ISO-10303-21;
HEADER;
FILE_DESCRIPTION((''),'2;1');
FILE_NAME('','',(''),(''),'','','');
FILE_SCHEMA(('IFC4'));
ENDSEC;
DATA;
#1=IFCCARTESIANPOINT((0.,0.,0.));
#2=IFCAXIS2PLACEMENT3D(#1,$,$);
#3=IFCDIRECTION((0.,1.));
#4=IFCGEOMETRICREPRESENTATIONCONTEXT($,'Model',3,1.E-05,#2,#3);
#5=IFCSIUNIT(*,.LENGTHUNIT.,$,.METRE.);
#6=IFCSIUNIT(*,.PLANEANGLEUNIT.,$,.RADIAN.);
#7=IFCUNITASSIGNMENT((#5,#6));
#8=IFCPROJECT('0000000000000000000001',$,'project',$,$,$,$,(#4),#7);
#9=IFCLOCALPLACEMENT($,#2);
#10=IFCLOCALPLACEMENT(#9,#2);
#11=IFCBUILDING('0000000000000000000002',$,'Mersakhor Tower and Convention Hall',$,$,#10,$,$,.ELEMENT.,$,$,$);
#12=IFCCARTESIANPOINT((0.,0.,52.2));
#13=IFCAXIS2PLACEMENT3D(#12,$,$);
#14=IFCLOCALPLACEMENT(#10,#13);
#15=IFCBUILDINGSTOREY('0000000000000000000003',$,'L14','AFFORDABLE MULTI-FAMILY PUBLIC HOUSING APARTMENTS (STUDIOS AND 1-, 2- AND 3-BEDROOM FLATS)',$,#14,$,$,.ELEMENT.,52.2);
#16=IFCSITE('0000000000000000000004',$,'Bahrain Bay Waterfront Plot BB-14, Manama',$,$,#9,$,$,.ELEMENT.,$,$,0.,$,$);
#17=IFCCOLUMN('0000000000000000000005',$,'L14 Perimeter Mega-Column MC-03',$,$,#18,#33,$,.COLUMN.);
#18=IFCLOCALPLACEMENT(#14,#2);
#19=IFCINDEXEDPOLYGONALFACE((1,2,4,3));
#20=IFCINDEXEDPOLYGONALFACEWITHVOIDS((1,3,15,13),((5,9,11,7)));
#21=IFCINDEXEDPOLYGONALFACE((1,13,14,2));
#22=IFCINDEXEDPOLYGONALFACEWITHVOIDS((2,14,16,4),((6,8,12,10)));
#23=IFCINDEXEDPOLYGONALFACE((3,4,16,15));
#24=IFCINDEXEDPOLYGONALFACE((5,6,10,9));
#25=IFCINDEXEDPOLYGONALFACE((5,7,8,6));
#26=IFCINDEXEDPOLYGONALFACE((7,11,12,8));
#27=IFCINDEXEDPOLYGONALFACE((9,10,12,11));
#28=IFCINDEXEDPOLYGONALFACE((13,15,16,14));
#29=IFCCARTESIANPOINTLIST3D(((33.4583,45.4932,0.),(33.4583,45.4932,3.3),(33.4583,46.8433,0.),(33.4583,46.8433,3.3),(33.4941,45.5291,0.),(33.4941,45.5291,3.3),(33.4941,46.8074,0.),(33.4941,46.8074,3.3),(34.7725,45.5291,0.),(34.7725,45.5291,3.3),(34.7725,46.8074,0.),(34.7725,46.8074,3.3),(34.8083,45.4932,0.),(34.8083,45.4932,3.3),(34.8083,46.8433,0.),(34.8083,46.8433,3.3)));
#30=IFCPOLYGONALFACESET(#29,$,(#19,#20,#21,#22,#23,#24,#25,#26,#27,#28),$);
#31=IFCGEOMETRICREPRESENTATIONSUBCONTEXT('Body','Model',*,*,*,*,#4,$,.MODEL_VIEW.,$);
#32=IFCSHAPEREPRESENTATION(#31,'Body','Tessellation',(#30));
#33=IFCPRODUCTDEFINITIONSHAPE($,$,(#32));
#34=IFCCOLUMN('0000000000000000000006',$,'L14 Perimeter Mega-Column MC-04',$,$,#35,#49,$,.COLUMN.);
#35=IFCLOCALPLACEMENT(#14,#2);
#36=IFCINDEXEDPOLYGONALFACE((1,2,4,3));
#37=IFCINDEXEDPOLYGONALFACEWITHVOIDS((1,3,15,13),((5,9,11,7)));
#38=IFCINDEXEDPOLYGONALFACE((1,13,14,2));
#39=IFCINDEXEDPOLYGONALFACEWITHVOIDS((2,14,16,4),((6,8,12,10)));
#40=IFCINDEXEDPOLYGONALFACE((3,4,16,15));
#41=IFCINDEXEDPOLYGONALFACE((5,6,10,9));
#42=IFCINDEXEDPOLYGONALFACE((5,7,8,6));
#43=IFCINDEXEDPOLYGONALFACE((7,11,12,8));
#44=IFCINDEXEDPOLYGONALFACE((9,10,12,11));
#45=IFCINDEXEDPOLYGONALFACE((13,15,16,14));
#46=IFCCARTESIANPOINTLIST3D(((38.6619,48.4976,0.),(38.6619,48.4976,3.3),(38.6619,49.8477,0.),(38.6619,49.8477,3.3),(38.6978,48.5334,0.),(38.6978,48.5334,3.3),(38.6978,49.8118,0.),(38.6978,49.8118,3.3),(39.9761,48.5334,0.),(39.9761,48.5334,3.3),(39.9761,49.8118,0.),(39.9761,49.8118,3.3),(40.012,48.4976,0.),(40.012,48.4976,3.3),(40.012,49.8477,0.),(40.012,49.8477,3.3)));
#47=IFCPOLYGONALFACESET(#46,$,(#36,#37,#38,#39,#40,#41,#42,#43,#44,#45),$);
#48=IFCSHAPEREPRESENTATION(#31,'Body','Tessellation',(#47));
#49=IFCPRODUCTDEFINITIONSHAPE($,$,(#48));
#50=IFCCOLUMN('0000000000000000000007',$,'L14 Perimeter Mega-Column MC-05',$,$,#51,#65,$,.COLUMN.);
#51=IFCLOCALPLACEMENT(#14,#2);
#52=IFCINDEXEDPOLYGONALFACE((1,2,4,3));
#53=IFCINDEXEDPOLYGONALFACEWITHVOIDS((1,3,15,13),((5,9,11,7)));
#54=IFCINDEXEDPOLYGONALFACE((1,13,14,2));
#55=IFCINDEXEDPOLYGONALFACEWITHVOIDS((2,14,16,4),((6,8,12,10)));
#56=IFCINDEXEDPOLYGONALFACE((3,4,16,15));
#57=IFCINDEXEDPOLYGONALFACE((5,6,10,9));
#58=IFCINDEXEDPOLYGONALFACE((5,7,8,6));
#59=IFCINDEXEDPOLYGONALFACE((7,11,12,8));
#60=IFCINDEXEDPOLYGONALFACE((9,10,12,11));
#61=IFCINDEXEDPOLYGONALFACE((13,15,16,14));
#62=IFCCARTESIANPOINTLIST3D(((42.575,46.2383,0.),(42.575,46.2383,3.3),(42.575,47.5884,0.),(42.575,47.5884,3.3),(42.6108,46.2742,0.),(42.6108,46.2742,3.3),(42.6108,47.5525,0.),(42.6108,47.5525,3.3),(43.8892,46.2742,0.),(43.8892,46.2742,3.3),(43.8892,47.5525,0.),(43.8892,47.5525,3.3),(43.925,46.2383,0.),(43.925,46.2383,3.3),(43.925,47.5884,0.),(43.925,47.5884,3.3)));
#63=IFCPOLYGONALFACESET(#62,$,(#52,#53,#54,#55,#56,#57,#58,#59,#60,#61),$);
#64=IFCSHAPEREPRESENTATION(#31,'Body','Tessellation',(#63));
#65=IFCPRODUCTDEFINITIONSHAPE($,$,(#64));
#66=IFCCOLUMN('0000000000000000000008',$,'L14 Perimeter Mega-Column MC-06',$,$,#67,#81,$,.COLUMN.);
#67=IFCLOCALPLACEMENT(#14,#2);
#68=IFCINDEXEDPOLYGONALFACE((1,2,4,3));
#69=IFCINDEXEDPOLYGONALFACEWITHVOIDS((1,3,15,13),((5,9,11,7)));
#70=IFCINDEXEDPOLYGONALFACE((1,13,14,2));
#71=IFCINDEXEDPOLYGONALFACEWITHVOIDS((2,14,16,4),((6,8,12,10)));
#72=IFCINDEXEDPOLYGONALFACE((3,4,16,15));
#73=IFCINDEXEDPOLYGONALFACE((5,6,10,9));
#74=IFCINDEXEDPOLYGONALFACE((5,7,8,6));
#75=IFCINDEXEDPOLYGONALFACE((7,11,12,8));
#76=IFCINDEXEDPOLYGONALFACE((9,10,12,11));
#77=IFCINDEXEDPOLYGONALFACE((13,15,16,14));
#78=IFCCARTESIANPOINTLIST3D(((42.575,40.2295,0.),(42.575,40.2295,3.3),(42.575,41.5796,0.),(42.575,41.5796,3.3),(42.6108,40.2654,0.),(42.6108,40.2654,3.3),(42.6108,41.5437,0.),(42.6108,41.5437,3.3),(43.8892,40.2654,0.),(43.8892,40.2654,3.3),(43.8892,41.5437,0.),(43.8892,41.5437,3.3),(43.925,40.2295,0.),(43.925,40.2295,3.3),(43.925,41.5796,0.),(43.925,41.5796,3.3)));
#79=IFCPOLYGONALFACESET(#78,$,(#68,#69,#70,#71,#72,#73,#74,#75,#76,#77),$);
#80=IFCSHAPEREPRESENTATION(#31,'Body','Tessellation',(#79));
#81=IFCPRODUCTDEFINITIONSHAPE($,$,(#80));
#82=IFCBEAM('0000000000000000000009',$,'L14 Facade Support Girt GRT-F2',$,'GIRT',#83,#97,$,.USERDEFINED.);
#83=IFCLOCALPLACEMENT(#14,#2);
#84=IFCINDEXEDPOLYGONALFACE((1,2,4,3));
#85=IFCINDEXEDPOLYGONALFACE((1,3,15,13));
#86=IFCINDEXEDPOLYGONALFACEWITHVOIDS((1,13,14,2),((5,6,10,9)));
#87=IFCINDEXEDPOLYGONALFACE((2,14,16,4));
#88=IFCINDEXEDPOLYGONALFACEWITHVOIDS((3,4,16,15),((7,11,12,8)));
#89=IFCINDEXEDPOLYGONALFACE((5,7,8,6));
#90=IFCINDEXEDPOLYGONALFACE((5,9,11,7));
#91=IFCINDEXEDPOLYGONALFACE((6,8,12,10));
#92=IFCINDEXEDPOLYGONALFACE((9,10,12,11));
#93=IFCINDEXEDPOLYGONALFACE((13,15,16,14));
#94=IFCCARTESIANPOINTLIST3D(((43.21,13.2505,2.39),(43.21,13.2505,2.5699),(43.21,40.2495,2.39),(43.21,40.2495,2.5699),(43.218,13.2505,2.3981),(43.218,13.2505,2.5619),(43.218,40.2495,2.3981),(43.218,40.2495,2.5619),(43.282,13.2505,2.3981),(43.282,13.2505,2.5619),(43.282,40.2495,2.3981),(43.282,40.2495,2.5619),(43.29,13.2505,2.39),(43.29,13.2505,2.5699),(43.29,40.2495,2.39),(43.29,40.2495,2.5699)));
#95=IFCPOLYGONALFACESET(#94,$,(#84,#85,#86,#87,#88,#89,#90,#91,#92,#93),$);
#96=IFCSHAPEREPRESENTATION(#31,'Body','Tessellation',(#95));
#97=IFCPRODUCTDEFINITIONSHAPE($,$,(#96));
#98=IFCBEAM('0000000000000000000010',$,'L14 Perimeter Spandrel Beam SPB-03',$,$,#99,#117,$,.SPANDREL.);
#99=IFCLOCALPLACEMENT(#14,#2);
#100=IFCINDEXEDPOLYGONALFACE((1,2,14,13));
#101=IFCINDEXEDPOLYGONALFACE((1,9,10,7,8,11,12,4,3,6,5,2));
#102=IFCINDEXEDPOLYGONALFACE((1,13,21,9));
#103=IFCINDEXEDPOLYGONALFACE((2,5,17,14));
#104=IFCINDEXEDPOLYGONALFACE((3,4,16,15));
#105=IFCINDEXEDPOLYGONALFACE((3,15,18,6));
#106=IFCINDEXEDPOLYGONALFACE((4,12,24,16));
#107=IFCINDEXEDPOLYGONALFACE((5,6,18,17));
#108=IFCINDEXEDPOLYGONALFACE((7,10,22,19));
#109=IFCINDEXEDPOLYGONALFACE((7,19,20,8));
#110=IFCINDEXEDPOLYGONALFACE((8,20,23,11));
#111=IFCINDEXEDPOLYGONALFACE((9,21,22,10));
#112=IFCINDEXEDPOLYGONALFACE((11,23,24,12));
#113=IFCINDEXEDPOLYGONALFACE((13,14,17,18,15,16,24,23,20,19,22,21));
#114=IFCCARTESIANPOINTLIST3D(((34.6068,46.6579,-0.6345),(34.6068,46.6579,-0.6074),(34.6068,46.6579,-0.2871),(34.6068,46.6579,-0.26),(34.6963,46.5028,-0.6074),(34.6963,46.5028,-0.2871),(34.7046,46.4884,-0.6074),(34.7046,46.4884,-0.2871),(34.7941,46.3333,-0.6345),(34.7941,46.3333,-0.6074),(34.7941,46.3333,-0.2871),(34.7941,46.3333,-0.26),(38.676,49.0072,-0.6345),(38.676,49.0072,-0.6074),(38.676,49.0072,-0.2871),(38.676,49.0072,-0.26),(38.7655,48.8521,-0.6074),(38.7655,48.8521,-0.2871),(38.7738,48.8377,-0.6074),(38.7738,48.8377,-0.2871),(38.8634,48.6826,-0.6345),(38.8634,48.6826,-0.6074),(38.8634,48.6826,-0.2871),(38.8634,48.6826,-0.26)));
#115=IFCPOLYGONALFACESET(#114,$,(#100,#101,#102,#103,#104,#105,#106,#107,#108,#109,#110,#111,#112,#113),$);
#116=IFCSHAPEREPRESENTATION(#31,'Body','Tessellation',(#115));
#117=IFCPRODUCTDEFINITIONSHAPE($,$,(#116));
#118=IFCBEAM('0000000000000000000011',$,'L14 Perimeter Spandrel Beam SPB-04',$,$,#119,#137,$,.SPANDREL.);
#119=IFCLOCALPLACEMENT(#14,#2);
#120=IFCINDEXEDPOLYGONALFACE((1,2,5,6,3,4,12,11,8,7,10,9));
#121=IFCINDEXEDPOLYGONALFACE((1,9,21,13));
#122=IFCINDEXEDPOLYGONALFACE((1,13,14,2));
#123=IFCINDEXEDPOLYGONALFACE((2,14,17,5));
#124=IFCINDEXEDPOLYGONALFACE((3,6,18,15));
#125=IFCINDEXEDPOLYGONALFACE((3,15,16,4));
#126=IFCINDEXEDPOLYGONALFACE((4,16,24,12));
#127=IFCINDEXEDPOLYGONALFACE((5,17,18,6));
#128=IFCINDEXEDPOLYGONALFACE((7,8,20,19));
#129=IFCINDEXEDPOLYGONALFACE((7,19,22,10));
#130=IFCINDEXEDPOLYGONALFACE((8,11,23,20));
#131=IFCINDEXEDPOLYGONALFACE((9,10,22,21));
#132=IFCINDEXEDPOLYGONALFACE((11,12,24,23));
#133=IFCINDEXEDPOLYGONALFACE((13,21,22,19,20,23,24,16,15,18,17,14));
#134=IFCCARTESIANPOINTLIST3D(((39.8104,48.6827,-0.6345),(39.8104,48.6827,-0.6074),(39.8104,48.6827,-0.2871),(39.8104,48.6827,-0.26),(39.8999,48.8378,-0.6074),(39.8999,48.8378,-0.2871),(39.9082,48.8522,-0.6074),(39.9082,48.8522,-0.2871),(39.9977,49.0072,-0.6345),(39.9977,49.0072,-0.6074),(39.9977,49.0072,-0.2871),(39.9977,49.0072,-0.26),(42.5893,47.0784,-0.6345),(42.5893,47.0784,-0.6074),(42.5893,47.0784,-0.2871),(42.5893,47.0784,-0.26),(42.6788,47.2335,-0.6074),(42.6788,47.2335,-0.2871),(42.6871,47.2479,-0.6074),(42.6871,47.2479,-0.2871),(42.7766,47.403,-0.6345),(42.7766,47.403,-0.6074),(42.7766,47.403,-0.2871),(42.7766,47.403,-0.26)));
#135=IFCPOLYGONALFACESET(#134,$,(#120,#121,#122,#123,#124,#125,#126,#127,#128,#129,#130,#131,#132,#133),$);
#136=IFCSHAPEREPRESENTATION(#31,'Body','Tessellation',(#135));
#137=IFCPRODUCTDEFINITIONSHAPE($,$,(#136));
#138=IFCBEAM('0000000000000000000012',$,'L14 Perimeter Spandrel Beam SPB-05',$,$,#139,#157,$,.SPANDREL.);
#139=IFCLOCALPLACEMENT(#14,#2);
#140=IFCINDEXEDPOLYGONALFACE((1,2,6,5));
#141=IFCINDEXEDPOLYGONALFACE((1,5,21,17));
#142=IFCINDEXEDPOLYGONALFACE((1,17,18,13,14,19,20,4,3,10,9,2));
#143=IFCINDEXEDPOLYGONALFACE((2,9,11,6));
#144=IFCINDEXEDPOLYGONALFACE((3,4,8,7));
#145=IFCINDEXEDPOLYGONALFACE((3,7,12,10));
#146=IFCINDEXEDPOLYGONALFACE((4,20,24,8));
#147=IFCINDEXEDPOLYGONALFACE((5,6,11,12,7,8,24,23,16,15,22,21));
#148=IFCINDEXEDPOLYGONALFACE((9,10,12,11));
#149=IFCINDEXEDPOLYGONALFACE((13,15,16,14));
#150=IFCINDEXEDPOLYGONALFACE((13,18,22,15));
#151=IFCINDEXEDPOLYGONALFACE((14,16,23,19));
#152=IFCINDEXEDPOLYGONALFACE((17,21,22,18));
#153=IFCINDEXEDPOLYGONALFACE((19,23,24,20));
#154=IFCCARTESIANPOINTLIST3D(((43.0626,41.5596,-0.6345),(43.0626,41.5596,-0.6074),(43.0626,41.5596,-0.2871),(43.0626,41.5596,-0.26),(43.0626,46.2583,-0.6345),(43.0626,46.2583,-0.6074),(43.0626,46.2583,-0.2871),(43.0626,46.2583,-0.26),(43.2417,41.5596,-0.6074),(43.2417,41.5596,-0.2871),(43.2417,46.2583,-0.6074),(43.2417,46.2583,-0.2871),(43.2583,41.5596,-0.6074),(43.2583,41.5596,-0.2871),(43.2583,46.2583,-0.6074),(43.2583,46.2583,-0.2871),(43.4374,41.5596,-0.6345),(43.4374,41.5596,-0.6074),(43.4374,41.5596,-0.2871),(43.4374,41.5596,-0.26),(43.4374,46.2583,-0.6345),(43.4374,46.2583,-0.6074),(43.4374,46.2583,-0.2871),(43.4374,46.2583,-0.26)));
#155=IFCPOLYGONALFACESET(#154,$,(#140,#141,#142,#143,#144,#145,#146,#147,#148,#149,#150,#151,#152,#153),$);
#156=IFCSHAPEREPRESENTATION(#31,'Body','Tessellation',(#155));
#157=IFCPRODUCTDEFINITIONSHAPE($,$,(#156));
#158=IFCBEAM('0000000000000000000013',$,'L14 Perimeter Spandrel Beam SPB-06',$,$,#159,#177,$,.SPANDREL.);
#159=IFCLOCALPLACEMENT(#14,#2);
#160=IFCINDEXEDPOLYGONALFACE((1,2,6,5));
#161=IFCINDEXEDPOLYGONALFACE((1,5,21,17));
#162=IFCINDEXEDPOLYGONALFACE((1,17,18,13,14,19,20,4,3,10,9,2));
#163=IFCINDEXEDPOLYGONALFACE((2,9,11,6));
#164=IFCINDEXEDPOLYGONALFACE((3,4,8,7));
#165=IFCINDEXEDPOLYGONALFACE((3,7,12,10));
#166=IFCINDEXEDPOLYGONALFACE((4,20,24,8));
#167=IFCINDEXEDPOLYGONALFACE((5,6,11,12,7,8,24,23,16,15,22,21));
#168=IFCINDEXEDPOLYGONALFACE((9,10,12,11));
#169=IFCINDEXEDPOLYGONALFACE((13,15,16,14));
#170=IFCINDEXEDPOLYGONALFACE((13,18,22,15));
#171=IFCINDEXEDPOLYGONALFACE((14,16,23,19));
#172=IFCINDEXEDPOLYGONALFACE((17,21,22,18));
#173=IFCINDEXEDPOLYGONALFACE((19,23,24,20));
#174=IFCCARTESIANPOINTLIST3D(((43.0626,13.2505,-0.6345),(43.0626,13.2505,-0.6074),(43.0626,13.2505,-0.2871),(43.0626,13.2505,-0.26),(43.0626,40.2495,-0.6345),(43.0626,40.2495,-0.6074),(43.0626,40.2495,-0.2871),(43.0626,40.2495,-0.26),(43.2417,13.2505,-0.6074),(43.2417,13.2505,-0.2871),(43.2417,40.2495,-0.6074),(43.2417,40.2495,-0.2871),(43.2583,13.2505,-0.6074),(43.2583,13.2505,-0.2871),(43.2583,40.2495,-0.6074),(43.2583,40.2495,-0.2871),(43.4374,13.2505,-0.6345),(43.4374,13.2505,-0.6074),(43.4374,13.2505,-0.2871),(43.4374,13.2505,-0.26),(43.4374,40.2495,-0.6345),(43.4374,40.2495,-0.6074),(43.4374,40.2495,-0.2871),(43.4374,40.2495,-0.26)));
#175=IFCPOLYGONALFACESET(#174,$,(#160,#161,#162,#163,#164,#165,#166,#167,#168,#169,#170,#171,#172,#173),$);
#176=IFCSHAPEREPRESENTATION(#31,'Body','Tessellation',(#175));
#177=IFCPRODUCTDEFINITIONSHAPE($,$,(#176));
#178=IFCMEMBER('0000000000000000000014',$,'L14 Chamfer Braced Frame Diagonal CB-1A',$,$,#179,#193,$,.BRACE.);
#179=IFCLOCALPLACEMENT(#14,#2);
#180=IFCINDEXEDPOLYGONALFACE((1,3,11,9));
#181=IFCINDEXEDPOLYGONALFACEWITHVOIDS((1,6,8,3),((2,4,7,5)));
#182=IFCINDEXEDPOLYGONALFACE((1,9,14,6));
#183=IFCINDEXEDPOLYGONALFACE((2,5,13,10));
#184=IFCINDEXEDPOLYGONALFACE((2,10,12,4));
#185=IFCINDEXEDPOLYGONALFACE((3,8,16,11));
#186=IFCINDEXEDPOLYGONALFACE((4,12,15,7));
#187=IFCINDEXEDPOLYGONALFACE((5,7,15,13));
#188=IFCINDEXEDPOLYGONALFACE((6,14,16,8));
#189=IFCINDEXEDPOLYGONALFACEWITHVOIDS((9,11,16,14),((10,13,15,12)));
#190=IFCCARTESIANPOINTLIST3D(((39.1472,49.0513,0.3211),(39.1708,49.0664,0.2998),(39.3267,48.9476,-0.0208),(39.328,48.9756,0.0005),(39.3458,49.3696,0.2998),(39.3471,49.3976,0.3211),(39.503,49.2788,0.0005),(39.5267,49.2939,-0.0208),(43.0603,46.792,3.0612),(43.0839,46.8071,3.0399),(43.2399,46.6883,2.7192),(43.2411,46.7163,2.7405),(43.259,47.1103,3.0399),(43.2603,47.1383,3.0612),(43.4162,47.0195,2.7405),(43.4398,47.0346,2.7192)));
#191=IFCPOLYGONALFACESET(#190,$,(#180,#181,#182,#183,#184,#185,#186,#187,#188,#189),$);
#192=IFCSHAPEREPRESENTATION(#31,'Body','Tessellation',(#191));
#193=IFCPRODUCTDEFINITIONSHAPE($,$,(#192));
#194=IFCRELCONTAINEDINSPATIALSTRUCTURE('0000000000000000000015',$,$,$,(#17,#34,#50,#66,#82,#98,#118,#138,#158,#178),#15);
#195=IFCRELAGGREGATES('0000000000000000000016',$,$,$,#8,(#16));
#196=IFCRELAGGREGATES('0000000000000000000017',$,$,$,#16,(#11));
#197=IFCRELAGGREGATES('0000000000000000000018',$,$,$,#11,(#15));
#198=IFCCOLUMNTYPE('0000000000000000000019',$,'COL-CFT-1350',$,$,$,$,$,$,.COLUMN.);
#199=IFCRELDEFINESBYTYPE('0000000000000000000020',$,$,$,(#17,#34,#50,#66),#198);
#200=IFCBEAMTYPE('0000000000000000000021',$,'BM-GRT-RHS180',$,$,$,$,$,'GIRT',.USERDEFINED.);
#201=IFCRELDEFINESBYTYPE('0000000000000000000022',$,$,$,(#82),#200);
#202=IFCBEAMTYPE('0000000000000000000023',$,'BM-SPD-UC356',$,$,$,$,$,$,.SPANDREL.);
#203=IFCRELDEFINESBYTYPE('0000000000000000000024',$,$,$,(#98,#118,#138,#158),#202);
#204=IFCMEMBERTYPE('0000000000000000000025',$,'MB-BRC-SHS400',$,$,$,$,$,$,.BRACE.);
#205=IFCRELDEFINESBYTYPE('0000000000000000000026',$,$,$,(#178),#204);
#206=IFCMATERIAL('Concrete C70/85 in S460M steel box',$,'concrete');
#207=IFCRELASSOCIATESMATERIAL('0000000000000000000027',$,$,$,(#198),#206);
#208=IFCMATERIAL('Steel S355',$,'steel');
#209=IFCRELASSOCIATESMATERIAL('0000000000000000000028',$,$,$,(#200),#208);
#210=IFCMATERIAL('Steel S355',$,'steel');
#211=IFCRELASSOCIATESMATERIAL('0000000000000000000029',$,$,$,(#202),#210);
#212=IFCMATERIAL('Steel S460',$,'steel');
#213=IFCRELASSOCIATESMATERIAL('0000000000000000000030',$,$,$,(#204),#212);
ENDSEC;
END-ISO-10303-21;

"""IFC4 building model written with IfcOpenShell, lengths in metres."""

from ifc_helpers import new_model, si_unit, direction, frame, origin, origin_2d, place, context, subcontext, project, spatial, hollow_rectangle, i_section, extrude, material, material_profile, profile_set, type_object, element, save


model = new_model("IFC4")

# Units and contexts
model_context = context("Model", 3, precision=1e-05, world=origin(), true_north=direction((0.0, 1.0)))
body_context = subcontext(model_context, "Body", "Model", "MODEL_VIEW")
ifc_project = project(units=[si_unit("LENGTHUNIT", "METRE"), si_unit("PLANEANGLEUNIT", "RADIAN")], contexts=[model_context])

# Site, building, storey
site_placement = place(None, origin())
site = spatial("IfcSite", under=ifc_project, at=site_placement, Name="Bahrain Bay Waterfront Plot BB-14, Manama", CompositionType="ELEMENT", RefElevation=0.0)
building_placement = place(site_placement, origin())
building = spatial("IfcBuilding", under=site, at=building_placement, Name="Mersakhor Tower and Convention Hall", CompositionType="ELEMENT")
storey_placement = place(building_placement, frame((0.0, 0.0, 52.2)))
storey = spatial("IfcBuildingStorey", under=building, at=storey_placement, Name="L14", Description="AFFORDABLE MULTI-FAMILY PUBLIC HOUSING APARTMENTS (STUDIOS AND 1-, 2- AND 3-BEDROOM FLATS)", CompositionType="ELEMENT", Elevation=52.2)

# Columns
ifc_material_1 = material(Name="Concrete C70/85 in S460M steel box", Category="concrete")
ifc_material_profile_1 = material_profile(ifc_material_1, hollow_rectangle(XDim=1.3501, YDim=1.3501, WallThickness=0.0359, at=origin_2d()), Name="SHS 1350x1350x36")
ifc_profile_set_1 = profile_set([ifc_material_profile_1], Name="Concrete C70/85 in S460M steel box")
column_type = type_object("IfcColumnType", Name="COL-CFT-1350", PredefinedType="COLUMN", material=ifc_profile_set_1)
for number, where, z_axis, x_axis, name in (
    (1, (34.1333, 46.1682, 0.0), (0.0, 0.0, 1.0), (1.0, 0.0, 0.0), "L14 Perimeter Mega-Column MC-03"),
    (2, (39.3369, 49.1726, 0.0), (0.0, 0.0, 1.0), (1.0, 0.0, 0.0), "L14 Perimeter Mega-Column MC-04"),
    (3, (43.25, 46.9133, 0.0), (0.0, 0.0, 1.0), (1.0, 0.0, 0.0), "L14 Perimeter Mega-Column MC-05"),
    (4, (43.25, 40.9045, 0.0), (0.0, 0.0, 1.0), (1.0, 0.0, 0.0), "L14 Perimeter Mega-Column MC-06"),
):
    element("IfcColumn", number, at=place(storey_placement, frame(where, z_axis=z_axis, x_axis=x_axis)), inside=storey, type_object=column_type, Name=name, PredefinedType="COLUMN", context=body_context, shape_type="SweptSolid", body=[
        extrude(hollow_rectangle(XDim=1.3501, YDim=1.3501, WallThickness=0.0359, at=origin_2d()), origin(), (0.0, 0.0, 1.0), 3.3),
    ])

# Beams
ifc_material_2 = material(Name="Steel S355", Category="steel")
ifc_material_profile_2 = material_profile(ifc_material_2, hollow_rectangle(XDim=0.0801, YDim=0.1799, WallThickness=0.0081, at=origin_2d()), Name="RHS 180x80x8")
ifc_profile_set_2 = profile_set([ifc_material_profile_2], Name="Steel S355")
beam_type_1 = type_object("IfcBeamType", Name="BM-GRT-RHS180", ElementType="GIRT", PredefinedType="USERDEFINED", material=ifc_profile_set_2)
beam_1_placement = place(storey_placement, frame((43.25, 40.2495, 2.48), z_axis=(0.0, -1.0, 0.0), x_axis=(1.0, 0.0, 0.0)))
element("IfcBeam", 5, at=beam_1_placement, inside=storey, type_object=beam_type_1, Name="L14 Facade Support Girt GRT-F2", ObjectType="GIRT", PredefinedType="USERDEFINED", context=body_context, shape_type="SweptSolid", body=[
    extrude(hollow_rectangle(XDim=0.0801, YDim=0.1799, WallThickness=0.0081, at=origin_2d()), origin(), (0.0, 0.0, 1.0), 26.999),
])
ifc_material_3 = material(Name="Steel S355", Category="steel")
ifc_material_profile_3 = material_profile(ifc_material_3, i_section(OverallWidth=0.3748, OverallDepth=0.3745, WebThickness=0.0166, FlangeThickness=0.0271, at=origin_2d()), Name="UC 356x368x202")
ifc_profile_set_3 = profile_set([ifc_material_profile_3], Name="Steel S355")
beam_type_2 = type_object("IfcBeamType", Name="BM-SPD-UC356", PredefinedType="SPANDREL", material=ifc_profile_set_3)
beam_2_placement = place(storey_placement, frame((34.7004, 46.4956, -0.4473), z_axis=(0.866032, 0.499989, 0.0), x_axis=(-0.499989, 0.866032, 0.0)))
element("IfcBeam", 6, at=beam_2_placement, inside=storey, type_object=beam_type_2, Name="L14 Perimeter Spandrel Beam SPB-03", PredefinedType="SPANDREL", context=body_context, shape_type="SweptSolid", body=[
    extrude(i_section(OverallWidth=0.3748, OverallDepth=0.3745, WebThickness=0.0166, FlangeThickness=0.0271, at=origin_2d()), origin(), (0.0, 0.0, 1.0), 4.6987),
])
beam_3_placement = place(storey_placement, frame((39.9041, 48.845, -0.4473), z_axis=(0.866039, -0.499977, 0.0), x_axis=(0.499977, 0.866039, 0.0)))
element("IfcBeam", 7, at=beam_3_placement, inside=storey, type_object=beam_type_2, Name="L14 Perimeter Spandrel Beam SPB-04", PredefinedType="SPANDREL", context=body_context, shape_type="SweptSolid", body=[
    extrude(i_section(OverallWidth=0.3748, OverallDepth=0.3745, WebThickness=0.0166, FlangeThickness=0.0271, at=origin_2d()), origin(), (0.0, 0.0, 1.0), 3.2087),
])
beam_4_placement = place(storey_placement, frame((43.25, 46.2583, -0.4473), z_axis=(0.0, -1.0, 0.0), x_axis=(1.0, 0.0, 0.0)))
element("IfcBeam", 8, at=beam_4_placement, inside=storey, type_object=beam_type_2, Name="L14 Perimeter Spandrel Beam SPB-05", PredefinedType="SPANDREL", context=body_context, shape_type="SweptSolid", body=[
    extrude(i_section(OverallWidth=0.3748, OverallDepth=0.3745, WebThickness=0.0166, FlangeThickness=0.0271, at=origin_2d()), origin(), (0.0, 0.0, 1.0), 4.6987),
])
beam_5_placement = place(storey_placement, frame((43.25, 40.2495, -0.4473), z_axis=(0.0, -1.0, 0.0), x_axis=(1.0, 0.0, 0.0)))
element("IfcBeam", 9, at=beam_5_placement, inside=storey, type_object=beam_type_2, Name="L14 Perimeter Spandrel Beam SPB-06", PredefinedType="SPANDREL", context=body_context, shape_type="SweptSolid", body=[
    extrude(i_section(OverallWidth=0.3748, OverallDepth=0.3745, WebThickness=0.0166, FlangeThickness=0.0271, at=origin_2d()), origin(), (0.0, 0.0, 1.0), 26.999),
])

# Member
ifc_material_4 = material(Name="Steel S460", Category="steel")
ifc_material_profile_4 = material_profile(ifc_material_4, hollow_rectangle(XDim=0.3999, YDim=0.3999, WallThickness=0.0249, at=origin_2d()), Name="SHS 400x400x25")
ifc_profile_set_4 = profile_set([ifc_material_profile_4], Name="Steel S460")
member_type = type_object("IfcMemberType", Name="MB-BRC-SHS400", PredefinedType="BRACE", material=ifc_profile_set_4)
member_1_placement = place(storey_placement, frame((39.3369, 49.1726, 0.1501), z_axis=(0.740508, -0.427543, 0.518513), x_axis=(0.500009, 0.86602, 0.0)))
element("IfcMember", 10, at=member_1_placement, inside=storey, type_object=member_type, Name="L14 Chamfer Braced Frame Diagonal CB-1A", PredefinedType="BRACE", context=body_context, shape_type="SweptSolid", body=[
    extrude(hollow_rectangle(XDim=0.3999, YDim=0.3999, WallThickness=0.0249, at=origin_2d()), origin(), (0.0, 0.0, 1.0), 5.2844),
])

save(model, "model.ifc")
